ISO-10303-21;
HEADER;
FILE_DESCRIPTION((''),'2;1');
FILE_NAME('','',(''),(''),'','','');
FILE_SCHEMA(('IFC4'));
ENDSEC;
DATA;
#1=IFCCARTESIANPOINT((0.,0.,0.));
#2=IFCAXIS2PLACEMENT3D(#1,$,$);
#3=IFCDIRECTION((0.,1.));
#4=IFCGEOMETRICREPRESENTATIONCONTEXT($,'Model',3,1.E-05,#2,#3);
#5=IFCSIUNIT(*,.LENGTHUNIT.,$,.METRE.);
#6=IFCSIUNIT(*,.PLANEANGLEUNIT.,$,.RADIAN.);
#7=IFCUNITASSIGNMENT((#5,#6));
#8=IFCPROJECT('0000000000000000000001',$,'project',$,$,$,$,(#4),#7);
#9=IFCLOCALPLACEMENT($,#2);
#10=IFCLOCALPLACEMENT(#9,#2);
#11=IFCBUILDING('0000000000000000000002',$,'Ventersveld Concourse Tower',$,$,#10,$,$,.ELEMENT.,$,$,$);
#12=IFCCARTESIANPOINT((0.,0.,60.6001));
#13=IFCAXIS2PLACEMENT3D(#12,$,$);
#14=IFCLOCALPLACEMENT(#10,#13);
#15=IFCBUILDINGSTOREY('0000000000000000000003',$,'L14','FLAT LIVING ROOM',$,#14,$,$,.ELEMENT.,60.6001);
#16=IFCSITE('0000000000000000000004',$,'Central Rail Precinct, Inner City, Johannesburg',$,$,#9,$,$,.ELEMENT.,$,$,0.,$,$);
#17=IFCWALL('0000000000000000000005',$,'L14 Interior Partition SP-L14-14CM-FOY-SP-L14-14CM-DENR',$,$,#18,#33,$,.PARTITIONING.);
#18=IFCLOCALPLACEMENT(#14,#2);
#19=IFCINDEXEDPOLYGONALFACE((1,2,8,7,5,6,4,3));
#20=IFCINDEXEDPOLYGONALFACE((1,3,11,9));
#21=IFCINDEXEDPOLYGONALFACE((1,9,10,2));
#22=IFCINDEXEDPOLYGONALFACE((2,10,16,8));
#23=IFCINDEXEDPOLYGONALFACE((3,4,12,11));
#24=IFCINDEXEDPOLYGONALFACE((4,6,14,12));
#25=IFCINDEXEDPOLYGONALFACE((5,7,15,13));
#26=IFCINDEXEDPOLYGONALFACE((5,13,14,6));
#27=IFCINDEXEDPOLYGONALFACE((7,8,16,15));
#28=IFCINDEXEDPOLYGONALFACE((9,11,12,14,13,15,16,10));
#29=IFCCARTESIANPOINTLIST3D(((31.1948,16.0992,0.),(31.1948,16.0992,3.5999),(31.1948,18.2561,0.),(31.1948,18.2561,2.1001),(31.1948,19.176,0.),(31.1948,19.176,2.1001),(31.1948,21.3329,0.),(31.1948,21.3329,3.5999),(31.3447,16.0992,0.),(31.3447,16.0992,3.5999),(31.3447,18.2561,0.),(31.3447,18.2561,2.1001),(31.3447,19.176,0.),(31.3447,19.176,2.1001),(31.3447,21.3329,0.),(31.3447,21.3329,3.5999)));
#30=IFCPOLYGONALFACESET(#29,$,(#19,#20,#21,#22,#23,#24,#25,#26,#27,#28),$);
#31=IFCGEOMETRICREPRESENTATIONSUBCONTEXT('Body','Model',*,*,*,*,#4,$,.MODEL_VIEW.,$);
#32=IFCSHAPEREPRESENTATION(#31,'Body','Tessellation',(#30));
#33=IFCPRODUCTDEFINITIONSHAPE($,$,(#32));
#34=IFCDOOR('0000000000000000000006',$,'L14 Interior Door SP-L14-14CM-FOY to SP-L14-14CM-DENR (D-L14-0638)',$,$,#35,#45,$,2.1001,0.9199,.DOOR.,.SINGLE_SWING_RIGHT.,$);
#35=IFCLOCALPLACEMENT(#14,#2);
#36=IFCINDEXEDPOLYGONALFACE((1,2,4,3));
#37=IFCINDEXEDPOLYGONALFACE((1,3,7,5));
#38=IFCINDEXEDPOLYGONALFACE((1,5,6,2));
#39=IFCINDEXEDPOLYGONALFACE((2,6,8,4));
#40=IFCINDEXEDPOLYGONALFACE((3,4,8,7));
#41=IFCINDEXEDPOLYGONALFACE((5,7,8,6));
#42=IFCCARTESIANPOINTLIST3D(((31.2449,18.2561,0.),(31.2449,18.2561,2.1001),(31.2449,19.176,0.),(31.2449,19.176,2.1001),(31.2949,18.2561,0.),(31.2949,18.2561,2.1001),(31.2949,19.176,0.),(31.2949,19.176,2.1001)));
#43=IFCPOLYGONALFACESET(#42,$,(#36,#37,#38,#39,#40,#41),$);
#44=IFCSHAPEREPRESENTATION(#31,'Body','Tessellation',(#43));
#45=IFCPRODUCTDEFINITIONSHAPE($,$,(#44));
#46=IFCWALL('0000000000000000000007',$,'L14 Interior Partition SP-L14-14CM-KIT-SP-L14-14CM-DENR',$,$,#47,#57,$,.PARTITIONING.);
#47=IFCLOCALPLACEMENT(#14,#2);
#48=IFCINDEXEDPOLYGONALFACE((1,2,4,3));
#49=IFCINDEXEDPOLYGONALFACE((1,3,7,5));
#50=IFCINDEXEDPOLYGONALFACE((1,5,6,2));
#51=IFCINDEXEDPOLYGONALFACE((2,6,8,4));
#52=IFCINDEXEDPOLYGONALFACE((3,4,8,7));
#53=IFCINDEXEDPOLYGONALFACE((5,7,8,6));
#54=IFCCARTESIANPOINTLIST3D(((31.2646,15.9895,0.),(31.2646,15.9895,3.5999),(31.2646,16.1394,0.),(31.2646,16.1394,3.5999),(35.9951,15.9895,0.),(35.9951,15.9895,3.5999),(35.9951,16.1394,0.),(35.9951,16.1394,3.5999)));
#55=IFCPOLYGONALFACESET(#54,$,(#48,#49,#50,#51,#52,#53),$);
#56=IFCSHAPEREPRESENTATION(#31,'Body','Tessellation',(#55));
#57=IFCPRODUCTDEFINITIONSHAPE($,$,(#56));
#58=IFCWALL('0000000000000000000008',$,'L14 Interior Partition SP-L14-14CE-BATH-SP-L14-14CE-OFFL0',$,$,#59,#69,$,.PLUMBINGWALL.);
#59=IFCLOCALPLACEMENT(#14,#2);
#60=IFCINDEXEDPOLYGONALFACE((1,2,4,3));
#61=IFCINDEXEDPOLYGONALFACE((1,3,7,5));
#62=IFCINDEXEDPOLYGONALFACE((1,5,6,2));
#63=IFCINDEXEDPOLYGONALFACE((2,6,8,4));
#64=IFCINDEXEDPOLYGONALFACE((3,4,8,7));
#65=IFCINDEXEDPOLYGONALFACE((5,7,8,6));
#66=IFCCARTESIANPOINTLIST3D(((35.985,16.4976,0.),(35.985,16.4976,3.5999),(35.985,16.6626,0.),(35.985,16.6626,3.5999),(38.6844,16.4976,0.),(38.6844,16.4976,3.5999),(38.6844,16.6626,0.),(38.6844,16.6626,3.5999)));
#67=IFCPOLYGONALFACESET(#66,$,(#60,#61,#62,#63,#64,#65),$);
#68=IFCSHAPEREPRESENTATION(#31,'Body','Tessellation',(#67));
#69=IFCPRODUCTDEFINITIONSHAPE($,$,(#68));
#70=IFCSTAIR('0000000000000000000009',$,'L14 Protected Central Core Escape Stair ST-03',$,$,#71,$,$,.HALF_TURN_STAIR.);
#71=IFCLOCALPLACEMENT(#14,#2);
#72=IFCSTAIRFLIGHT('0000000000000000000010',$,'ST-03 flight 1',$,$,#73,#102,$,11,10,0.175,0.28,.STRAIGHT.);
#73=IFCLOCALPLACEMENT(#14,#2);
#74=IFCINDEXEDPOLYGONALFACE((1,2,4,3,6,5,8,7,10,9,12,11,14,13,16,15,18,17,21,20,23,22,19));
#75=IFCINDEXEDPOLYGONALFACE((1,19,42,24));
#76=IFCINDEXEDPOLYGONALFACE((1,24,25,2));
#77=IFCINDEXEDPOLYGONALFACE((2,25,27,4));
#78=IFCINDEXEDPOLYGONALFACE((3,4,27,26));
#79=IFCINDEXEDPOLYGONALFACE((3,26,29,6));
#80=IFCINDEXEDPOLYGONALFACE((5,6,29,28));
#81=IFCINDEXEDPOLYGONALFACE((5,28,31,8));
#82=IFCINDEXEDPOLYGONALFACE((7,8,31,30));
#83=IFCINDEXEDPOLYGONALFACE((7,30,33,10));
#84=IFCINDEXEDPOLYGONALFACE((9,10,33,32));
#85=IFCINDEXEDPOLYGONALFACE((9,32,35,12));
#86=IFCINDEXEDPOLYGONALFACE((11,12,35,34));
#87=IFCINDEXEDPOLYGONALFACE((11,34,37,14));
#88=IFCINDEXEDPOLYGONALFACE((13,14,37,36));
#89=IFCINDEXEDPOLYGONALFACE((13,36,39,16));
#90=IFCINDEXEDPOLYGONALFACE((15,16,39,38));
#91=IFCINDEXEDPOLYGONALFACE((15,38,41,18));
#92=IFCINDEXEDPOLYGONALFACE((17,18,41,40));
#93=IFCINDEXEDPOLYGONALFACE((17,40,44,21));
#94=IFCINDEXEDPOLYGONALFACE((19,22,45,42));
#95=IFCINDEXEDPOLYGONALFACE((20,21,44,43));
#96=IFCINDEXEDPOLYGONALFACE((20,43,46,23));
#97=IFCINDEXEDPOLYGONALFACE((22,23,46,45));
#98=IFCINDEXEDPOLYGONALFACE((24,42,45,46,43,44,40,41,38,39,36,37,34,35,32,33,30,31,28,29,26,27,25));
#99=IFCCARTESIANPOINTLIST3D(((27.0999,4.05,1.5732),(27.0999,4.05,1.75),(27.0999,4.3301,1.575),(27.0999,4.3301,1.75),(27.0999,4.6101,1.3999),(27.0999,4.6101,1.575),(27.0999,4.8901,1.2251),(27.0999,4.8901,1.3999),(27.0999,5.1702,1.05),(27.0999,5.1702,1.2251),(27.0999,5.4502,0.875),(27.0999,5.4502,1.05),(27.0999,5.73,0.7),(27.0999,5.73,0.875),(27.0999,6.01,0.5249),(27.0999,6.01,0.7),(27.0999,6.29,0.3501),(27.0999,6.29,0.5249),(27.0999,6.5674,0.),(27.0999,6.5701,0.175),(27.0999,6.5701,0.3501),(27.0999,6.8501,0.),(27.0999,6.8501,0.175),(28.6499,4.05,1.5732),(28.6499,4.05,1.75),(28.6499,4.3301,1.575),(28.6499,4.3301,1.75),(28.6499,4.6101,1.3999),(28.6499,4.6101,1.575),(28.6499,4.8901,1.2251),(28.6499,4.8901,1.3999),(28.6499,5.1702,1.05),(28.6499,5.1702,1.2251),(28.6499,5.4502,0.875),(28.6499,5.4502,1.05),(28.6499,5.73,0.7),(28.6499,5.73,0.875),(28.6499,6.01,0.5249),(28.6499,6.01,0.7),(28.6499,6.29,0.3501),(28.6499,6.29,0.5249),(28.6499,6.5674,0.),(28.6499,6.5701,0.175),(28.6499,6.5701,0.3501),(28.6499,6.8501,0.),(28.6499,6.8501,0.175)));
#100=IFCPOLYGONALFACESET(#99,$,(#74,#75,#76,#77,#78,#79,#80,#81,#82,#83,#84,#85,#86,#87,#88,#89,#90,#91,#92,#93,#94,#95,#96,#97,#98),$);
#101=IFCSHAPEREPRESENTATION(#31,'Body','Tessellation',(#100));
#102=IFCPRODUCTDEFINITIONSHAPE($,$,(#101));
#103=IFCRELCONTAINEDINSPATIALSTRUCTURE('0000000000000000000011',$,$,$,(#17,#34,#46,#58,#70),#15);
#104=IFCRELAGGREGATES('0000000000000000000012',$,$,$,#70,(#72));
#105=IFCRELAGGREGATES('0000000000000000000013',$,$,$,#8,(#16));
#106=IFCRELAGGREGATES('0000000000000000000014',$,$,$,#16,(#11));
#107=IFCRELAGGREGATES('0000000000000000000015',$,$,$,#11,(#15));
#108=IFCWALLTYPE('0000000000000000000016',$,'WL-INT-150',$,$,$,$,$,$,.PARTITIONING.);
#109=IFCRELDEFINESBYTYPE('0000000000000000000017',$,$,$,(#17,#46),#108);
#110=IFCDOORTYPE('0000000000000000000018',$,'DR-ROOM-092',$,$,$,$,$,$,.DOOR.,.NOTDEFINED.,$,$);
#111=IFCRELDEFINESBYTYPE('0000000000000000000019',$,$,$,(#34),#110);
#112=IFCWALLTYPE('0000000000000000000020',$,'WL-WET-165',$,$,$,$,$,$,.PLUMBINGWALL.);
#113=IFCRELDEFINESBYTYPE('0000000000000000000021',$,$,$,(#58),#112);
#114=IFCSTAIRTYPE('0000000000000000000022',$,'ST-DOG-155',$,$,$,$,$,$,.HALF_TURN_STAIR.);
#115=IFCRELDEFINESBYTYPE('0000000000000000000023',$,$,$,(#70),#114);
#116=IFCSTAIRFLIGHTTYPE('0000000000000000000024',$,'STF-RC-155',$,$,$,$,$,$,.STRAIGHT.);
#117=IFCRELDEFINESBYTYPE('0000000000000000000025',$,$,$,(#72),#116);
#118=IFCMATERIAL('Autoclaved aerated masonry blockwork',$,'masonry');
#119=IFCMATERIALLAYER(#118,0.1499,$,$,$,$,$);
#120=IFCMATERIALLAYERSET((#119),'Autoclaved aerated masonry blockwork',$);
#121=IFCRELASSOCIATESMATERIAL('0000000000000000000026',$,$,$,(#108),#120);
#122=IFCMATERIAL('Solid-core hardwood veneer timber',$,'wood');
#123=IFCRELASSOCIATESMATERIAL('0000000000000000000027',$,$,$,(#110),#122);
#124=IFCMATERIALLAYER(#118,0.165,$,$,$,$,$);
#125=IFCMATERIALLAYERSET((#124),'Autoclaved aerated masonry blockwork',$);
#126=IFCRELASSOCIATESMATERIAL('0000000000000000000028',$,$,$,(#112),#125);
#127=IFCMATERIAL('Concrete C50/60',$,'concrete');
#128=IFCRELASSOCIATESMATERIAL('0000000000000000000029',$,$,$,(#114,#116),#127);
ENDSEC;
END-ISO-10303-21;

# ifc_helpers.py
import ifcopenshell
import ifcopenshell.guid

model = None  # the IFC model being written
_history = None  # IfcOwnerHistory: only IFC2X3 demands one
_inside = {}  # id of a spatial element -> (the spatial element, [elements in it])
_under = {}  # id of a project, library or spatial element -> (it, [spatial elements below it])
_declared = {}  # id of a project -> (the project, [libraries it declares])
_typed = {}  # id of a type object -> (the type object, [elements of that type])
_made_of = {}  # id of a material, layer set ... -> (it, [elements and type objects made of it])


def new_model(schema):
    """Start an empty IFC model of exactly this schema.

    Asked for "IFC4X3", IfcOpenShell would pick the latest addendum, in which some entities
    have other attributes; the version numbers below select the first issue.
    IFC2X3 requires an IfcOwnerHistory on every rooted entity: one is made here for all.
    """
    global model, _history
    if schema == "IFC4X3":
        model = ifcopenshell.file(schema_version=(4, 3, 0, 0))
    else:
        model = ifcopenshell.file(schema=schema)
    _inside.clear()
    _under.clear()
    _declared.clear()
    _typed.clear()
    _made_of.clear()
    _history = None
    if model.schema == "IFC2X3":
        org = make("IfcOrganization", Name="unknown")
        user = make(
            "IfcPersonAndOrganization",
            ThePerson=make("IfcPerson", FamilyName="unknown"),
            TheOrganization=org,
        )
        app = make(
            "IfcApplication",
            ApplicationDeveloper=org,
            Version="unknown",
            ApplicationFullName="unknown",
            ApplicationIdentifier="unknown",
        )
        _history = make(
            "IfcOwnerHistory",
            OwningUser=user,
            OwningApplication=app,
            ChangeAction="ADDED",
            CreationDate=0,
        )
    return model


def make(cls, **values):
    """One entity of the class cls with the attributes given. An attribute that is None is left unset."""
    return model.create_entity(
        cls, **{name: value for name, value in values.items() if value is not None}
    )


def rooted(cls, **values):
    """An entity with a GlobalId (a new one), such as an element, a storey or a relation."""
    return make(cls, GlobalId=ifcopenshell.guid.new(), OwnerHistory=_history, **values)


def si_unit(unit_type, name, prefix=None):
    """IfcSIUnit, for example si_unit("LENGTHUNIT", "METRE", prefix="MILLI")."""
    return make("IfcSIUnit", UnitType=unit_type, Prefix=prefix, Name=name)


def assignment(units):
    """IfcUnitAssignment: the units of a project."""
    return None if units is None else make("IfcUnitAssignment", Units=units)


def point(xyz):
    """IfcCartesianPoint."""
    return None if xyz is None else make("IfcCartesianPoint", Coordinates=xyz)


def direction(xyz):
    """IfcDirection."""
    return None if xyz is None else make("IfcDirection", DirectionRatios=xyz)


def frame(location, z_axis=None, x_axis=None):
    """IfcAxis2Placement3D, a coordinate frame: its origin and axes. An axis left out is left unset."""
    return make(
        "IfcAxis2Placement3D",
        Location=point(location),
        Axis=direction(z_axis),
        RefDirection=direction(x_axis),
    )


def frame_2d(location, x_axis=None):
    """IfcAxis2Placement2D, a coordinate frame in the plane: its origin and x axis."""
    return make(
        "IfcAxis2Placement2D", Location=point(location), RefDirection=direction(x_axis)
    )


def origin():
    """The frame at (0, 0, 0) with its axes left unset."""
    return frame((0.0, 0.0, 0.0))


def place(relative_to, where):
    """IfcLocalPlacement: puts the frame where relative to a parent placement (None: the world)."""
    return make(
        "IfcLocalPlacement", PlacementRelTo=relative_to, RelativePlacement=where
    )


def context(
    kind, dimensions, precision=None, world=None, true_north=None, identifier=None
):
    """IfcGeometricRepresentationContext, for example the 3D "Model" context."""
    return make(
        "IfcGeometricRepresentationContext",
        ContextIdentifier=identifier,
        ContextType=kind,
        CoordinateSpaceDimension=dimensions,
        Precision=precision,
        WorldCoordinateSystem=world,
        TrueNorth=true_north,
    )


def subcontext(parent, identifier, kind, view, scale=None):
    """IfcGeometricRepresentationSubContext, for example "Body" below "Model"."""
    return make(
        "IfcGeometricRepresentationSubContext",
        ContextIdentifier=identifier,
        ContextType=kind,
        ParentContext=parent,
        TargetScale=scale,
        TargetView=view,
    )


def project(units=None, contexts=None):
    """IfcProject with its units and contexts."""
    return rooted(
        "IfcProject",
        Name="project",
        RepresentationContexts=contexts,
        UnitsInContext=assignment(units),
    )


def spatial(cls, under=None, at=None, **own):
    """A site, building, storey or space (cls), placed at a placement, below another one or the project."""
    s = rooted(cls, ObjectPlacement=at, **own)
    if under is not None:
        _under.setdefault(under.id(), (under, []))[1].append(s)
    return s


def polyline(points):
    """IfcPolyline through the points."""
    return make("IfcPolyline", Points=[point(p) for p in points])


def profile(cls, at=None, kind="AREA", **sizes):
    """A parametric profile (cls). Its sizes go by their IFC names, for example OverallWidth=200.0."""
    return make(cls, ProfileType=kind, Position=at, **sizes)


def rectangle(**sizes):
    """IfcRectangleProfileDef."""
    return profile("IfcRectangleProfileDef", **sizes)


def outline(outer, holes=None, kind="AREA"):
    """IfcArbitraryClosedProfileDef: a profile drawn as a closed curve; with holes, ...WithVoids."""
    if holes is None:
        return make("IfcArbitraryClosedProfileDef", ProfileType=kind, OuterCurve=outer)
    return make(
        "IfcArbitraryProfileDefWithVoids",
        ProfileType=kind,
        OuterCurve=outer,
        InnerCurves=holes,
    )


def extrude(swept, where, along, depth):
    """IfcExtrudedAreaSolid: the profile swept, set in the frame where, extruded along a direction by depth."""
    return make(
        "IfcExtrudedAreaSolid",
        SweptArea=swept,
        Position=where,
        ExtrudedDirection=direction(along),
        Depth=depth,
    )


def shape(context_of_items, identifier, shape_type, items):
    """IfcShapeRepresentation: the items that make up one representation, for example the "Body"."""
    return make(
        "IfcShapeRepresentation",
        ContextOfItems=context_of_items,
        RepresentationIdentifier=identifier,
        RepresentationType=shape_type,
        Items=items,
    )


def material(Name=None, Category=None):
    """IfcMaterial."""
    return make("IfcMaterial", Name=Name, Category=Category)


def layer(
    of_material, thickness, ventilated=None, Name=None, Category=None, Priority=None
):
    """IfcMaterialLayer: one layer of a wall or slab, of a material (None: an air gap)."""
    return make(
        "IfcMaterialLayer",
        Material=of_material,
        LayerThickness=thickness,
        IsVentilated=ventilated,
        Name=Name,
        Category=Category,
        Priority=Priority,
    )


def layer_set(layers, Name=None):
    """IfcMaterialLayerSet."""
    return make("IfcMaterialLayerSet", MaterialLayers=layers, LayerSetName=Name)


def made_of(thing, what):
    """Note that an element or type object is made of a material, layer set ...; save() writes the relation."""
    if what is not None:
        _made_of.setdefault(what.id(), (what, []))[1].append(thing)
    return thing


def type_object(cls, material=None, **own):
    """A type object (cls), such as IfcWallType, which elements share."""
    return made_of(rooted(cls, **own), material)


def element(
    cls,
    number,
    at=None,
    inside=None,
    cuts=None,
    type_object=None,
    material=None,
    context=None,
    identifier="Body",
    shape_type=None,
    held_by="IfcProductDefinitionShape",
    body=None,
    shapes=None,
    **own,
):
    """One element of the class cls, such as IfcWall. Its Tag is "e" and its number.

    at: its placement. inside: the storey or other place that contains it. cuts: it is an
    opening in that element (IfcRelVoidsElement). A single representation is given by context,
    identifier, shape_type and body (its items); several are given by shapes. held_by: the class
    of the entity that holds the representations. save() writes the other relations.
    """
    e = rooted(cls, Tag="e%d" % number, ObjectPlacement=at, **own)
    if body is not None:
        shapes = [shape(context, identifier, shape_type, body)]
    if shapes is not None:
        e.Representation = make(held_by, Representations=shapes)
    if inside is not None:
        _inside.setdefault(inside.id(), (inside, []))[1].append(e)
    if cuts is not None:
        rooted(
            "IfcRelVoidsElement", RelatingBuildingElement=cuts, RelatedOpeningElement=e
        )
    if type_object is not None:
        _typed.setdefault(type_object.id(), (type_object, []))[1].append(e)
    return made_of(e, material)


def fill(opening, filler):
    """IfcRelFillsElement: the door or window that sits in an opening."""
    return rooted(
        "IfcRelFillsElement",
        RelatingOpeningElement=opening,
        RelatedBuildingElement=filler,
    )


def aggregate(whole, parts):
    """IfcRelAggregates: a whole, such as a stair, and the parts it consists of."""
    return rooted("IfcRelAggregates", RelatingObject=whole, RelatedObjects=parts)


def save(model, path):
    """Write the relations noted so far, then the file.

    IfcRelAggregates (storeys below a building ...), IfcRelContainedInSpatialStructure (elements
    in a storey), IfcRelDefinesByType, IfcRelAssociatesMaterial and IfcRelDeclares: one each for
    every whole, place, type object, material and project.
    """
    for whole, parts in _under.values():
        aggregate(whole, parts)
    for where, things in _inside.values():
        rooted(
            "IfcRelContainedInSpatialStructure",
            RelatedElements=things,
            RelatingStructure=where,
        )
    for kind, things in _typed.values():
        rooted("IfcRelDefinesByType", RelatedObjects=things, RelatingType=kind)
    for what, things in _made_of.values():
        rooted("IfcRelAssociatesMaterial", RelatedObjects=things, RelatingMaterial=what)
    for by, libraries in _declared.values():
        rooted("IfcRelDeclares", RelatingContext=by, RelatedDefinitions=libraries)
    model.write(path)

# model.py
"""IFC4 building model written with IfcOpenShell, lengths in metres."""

from ifc_helpers import new_model, si_unit, direction, frame, frame_2d, origin, place, context, subcontext, project, spatial, polyline, rectangle, outline, extrude, material, layer, layer_set, type_object, element, fill, aggregate, save


model = new_model("IFC4")

# Units and contexts
model_context = context("Model", 3, precision=1e-05, world=origin(), true_north=direction((0.0, 1.0)))
body_context = subcontext(model_context, "Body", "Model", "MODEL_VIEW")
ifc_project = project(units=[si_unit("LENGTHUNIT", "METRE"), si_unit("PLANEANGLEUNIT", "RADIAN")], contexts=[model_context])

# Site, building, storey
site_placement = place(None, origin())
site = spatial("IfcSite", under=ifc_project, at=site_placement, Name="Central Rail Precinct, Inner City, Johannesburg", CompositionType="ELEMENT", RefElevation=0.0)
building_placement = place(site_placement, origin())
building = spatial("IfcBuilding", under=site, at=building_placement, Name="Ventersveld Concourse Tower", CompositionType="ELEMENT")
storey_placement = place(building_placement, frame((0.0, 0.0, 60.6001)))
storey = spatial("IfcBuildingStorey", under=building, at=storey_placement, Name="L14", Description="FLAT LIVING ROOM", CompositionType="ELEMENT", Elevation=60.6001)

# Shared definitions
ifc_material_1 = material(Name="Concrete C50/60", Category="concrete")

# Wall, opening, door
ifc_material_2 = material(Name="Autoclaved aerated masonry blockwork", Category="masonry")
ifc_layer_1 = layer(ifc_material_2, 0.1499)
ifc_layer_set_1 = layer_set([ifc_layer_1], Name="Autoclaved aerated masonry blockwork")
wall_type_1 = type_object("IfcWallType", Name="WL-INT-150", PredefinedType="PARTITIONING", material=ifc_layer_set_1)
ifc_material_3 = material(Name="Solid-core hardwood veneer timber", Category="wood")
door_type_1 = type_object("IfcDoorType", Name="DR-ROOM-092", OperationType="NOTDEFINED", PredefinedType="DOOR", material=ifc_material_3)
wall_1_placement = place(storey_placement, frame((31.2698, 16.0994, 0.0), z_axis=(0.0, 0.0, 1.0), x_axis=(0.0, 1.0, 0.0)))
wall_1 = element("IfcWall", 1, at=wall_1_placement, inside=storey, type_object=wall_type_1, Name="L14 Interior Partition SP-L14-14CM-FOY-SP-L14-14CM-DENR", PredefinedType="PARTITIONING", context=body_context, shape_type="SweptSolid", body=[
    extrude(rectangle(XDim=5.2336, YDim=0.1499, at=frame_2d((2.6167, 0.0))), origin(), (0.0, 0.0, 1.0), 3.5999),
])
opening_1_placement = place(wall_1_placement, frame((2.1567, 0.0, 0.0)))
opening_1 = element("IfcOpeningElement", 2, at=opening_1_placement, cuts=wall_1, PredefinedType="OPENING", context=body_context, shape_type="SweptSolid", body=[
    extrude(rectangle(XDim=0.9199, YDim=2.1001, at=frame_2d((0.46, 1.05))), frame((0.0, 0.085, 0.0), z_axis=(0.0, -1.0, 0.0), x_axis=(1.0, 0.0, 0.0)), (0.0, 0.0, 1.0), 0.1699),
])
door_1_placement = place(opening_1_placement, origin())
door_1 = element("IfcDoor", 3, at=door_1_placement, inside=storey, type_object=door_type_1, Name="L14 Interior Door SP-L14-14CM-FOY to SP-L14-14CM-DENR (D-L14-0638)", OperationType="SINGLE_SWING_RIGHT", OverallHeight=2.1001, OverallWidth=0.9199, PredefinedType="DOOR", context=body_context, shape_type="SweptSolid", body=[
    extrude(rectangle(XDim=0.9199, YDim=2.1001, at=frame_2d((0.46, 1.05))), frame((0.0, 0.0249, 0.0), z_axis=(0.0, -1.0, 0.0), x_axis=(1.0, 0.0, 0.0)), (0.0, 0.0, 1.0), 0.05),
])
fill(opening_1, door_1)

# Walls
wall_2_placement = place(storey_placement, frame((31.2646, 16.0645, 0.0), z_axis=(0.0, 0.0, 1.0), x_axis=(1.0, 0.0, 0.0)))
element("IfcWall", 4, at=wall_2_placement, inside=storey, type_object=wall_type_1, Name="L14 Interior Partition SP-L14-14CM-KIT-SP-L14-14CM-DENR", PredefinedType="PARTITIONING", context=body_context, shape_type="SweptSolid", body=[
    extrude(rectangle(XDim=4.7305, YDim=0.1499, at=frame_2d((2.3652, 0.0))), origin(), (0.0, 0.0, 1.0), 3.5999),
])
ifc_layer_2 = layer(ifc_material_2, 0.165)
ifc_layer_set_2 = layer_set([ifc_layer_2], Name="Autoclaved aerated masonry blockwork")
wall_type_2 = type_object("IfcWallType", Name="WL-WET-165", PredefinedType="PLUMBINGWALL", material=ifc_layer_set_2)
wall_3_placement = place(storey_placement, frame((35.9851, 16.5801, 0.0), z_axis=(0.0, 0.0, 1.0), x_axis=(1.0, 0.0, 0.0)))
element("IfcWall", 5, at=wall_3_placement, inside=storey, type_object=wall_type_2, Name="L14 Interior Partition SP-L14-14CE-BATH-SP-L14-14CE-OFFL0", PredefinedType="PLUMBINGWALL", context=body_context, shape_type="SweptSolid", body=[
    extrude(rectangle(XDim=2.6995, YDim=0.165, at=frame_2d((1.3496, 0.0))), origin(), (0.0, 0.0, 1.0), 3.5999),
])

# Stair, stair flight
stair_type = type_object("IfcStairType", Name="ST-DOG-155", PredefinedType="HALF_TURN_STAIR", material=ifc_material_1)
stair_placement = place(storey_placement, origin())
stair = element("IfcStair", 6, at=stair_placement, inside=storey, type_object=stair_type, Name="L14 Protected Central Core Escape Stair ST-03", PredefinedType="HALF_TURN_STAIR")
stair_flight_type = type_object("IfcStairFlightType", Name="STF-RC-155", PredefinedType="STRAIGHT", material=ifc_material_1)
stair_flight_placement = place(storey_placement, frame((27.875, 6.8501, 0.0), z_axis=(0.0, 0.0, 1.0), x_axis=(0.0, -1.0, 0.0)))
stair_flight = element("IfcStairFlight", 7, at=stair_flight_placement, type_object=stair_flight_type, Name="ST-03 flight 1", NumberOfRisers=11, NumberOfTreads=10, PredefinedType="STRAIGHT", RiserHeight=0.175, TreadLength=0.28, context=body_context, shape_type="SweptSolid", body=[
    extrude(outline(polyline([(0.0, 0.0), (0.0, 0.175), (0.28, 0.175), (0.28, 0.3501), (0.5601, 0.3501), (0.5601, 0.5249), (0.8401, 0.5249), (0.8401, 0.7), (1.1201, 0.7), (1.1201, 0.875), (1.3999, 0.875), (1.3999, 1.05), (1.6799, 1.05), (1.6799, 1.2251), (1.96, 1.2251), (1.96, 1.3999), (2.24, 1.3999), (2.24, 1.575), (2.52, 1.575), (2.52, 1.75), (2.8, 1.75), (2.8, 1.925), (2.8, 1.5732), (0.2827, 0.0), (0.0, 0.0)])), frame((0.0, 0.7749, 0.0), z_axis=(0.0, -1.0, 0.0), x_axis=(1.0, 0.0, 0.0)), (0.0, 0.0, 1.0), 1.55),
])
aggregate(stair, [stair_flight])

save(model, "model.ifc")
